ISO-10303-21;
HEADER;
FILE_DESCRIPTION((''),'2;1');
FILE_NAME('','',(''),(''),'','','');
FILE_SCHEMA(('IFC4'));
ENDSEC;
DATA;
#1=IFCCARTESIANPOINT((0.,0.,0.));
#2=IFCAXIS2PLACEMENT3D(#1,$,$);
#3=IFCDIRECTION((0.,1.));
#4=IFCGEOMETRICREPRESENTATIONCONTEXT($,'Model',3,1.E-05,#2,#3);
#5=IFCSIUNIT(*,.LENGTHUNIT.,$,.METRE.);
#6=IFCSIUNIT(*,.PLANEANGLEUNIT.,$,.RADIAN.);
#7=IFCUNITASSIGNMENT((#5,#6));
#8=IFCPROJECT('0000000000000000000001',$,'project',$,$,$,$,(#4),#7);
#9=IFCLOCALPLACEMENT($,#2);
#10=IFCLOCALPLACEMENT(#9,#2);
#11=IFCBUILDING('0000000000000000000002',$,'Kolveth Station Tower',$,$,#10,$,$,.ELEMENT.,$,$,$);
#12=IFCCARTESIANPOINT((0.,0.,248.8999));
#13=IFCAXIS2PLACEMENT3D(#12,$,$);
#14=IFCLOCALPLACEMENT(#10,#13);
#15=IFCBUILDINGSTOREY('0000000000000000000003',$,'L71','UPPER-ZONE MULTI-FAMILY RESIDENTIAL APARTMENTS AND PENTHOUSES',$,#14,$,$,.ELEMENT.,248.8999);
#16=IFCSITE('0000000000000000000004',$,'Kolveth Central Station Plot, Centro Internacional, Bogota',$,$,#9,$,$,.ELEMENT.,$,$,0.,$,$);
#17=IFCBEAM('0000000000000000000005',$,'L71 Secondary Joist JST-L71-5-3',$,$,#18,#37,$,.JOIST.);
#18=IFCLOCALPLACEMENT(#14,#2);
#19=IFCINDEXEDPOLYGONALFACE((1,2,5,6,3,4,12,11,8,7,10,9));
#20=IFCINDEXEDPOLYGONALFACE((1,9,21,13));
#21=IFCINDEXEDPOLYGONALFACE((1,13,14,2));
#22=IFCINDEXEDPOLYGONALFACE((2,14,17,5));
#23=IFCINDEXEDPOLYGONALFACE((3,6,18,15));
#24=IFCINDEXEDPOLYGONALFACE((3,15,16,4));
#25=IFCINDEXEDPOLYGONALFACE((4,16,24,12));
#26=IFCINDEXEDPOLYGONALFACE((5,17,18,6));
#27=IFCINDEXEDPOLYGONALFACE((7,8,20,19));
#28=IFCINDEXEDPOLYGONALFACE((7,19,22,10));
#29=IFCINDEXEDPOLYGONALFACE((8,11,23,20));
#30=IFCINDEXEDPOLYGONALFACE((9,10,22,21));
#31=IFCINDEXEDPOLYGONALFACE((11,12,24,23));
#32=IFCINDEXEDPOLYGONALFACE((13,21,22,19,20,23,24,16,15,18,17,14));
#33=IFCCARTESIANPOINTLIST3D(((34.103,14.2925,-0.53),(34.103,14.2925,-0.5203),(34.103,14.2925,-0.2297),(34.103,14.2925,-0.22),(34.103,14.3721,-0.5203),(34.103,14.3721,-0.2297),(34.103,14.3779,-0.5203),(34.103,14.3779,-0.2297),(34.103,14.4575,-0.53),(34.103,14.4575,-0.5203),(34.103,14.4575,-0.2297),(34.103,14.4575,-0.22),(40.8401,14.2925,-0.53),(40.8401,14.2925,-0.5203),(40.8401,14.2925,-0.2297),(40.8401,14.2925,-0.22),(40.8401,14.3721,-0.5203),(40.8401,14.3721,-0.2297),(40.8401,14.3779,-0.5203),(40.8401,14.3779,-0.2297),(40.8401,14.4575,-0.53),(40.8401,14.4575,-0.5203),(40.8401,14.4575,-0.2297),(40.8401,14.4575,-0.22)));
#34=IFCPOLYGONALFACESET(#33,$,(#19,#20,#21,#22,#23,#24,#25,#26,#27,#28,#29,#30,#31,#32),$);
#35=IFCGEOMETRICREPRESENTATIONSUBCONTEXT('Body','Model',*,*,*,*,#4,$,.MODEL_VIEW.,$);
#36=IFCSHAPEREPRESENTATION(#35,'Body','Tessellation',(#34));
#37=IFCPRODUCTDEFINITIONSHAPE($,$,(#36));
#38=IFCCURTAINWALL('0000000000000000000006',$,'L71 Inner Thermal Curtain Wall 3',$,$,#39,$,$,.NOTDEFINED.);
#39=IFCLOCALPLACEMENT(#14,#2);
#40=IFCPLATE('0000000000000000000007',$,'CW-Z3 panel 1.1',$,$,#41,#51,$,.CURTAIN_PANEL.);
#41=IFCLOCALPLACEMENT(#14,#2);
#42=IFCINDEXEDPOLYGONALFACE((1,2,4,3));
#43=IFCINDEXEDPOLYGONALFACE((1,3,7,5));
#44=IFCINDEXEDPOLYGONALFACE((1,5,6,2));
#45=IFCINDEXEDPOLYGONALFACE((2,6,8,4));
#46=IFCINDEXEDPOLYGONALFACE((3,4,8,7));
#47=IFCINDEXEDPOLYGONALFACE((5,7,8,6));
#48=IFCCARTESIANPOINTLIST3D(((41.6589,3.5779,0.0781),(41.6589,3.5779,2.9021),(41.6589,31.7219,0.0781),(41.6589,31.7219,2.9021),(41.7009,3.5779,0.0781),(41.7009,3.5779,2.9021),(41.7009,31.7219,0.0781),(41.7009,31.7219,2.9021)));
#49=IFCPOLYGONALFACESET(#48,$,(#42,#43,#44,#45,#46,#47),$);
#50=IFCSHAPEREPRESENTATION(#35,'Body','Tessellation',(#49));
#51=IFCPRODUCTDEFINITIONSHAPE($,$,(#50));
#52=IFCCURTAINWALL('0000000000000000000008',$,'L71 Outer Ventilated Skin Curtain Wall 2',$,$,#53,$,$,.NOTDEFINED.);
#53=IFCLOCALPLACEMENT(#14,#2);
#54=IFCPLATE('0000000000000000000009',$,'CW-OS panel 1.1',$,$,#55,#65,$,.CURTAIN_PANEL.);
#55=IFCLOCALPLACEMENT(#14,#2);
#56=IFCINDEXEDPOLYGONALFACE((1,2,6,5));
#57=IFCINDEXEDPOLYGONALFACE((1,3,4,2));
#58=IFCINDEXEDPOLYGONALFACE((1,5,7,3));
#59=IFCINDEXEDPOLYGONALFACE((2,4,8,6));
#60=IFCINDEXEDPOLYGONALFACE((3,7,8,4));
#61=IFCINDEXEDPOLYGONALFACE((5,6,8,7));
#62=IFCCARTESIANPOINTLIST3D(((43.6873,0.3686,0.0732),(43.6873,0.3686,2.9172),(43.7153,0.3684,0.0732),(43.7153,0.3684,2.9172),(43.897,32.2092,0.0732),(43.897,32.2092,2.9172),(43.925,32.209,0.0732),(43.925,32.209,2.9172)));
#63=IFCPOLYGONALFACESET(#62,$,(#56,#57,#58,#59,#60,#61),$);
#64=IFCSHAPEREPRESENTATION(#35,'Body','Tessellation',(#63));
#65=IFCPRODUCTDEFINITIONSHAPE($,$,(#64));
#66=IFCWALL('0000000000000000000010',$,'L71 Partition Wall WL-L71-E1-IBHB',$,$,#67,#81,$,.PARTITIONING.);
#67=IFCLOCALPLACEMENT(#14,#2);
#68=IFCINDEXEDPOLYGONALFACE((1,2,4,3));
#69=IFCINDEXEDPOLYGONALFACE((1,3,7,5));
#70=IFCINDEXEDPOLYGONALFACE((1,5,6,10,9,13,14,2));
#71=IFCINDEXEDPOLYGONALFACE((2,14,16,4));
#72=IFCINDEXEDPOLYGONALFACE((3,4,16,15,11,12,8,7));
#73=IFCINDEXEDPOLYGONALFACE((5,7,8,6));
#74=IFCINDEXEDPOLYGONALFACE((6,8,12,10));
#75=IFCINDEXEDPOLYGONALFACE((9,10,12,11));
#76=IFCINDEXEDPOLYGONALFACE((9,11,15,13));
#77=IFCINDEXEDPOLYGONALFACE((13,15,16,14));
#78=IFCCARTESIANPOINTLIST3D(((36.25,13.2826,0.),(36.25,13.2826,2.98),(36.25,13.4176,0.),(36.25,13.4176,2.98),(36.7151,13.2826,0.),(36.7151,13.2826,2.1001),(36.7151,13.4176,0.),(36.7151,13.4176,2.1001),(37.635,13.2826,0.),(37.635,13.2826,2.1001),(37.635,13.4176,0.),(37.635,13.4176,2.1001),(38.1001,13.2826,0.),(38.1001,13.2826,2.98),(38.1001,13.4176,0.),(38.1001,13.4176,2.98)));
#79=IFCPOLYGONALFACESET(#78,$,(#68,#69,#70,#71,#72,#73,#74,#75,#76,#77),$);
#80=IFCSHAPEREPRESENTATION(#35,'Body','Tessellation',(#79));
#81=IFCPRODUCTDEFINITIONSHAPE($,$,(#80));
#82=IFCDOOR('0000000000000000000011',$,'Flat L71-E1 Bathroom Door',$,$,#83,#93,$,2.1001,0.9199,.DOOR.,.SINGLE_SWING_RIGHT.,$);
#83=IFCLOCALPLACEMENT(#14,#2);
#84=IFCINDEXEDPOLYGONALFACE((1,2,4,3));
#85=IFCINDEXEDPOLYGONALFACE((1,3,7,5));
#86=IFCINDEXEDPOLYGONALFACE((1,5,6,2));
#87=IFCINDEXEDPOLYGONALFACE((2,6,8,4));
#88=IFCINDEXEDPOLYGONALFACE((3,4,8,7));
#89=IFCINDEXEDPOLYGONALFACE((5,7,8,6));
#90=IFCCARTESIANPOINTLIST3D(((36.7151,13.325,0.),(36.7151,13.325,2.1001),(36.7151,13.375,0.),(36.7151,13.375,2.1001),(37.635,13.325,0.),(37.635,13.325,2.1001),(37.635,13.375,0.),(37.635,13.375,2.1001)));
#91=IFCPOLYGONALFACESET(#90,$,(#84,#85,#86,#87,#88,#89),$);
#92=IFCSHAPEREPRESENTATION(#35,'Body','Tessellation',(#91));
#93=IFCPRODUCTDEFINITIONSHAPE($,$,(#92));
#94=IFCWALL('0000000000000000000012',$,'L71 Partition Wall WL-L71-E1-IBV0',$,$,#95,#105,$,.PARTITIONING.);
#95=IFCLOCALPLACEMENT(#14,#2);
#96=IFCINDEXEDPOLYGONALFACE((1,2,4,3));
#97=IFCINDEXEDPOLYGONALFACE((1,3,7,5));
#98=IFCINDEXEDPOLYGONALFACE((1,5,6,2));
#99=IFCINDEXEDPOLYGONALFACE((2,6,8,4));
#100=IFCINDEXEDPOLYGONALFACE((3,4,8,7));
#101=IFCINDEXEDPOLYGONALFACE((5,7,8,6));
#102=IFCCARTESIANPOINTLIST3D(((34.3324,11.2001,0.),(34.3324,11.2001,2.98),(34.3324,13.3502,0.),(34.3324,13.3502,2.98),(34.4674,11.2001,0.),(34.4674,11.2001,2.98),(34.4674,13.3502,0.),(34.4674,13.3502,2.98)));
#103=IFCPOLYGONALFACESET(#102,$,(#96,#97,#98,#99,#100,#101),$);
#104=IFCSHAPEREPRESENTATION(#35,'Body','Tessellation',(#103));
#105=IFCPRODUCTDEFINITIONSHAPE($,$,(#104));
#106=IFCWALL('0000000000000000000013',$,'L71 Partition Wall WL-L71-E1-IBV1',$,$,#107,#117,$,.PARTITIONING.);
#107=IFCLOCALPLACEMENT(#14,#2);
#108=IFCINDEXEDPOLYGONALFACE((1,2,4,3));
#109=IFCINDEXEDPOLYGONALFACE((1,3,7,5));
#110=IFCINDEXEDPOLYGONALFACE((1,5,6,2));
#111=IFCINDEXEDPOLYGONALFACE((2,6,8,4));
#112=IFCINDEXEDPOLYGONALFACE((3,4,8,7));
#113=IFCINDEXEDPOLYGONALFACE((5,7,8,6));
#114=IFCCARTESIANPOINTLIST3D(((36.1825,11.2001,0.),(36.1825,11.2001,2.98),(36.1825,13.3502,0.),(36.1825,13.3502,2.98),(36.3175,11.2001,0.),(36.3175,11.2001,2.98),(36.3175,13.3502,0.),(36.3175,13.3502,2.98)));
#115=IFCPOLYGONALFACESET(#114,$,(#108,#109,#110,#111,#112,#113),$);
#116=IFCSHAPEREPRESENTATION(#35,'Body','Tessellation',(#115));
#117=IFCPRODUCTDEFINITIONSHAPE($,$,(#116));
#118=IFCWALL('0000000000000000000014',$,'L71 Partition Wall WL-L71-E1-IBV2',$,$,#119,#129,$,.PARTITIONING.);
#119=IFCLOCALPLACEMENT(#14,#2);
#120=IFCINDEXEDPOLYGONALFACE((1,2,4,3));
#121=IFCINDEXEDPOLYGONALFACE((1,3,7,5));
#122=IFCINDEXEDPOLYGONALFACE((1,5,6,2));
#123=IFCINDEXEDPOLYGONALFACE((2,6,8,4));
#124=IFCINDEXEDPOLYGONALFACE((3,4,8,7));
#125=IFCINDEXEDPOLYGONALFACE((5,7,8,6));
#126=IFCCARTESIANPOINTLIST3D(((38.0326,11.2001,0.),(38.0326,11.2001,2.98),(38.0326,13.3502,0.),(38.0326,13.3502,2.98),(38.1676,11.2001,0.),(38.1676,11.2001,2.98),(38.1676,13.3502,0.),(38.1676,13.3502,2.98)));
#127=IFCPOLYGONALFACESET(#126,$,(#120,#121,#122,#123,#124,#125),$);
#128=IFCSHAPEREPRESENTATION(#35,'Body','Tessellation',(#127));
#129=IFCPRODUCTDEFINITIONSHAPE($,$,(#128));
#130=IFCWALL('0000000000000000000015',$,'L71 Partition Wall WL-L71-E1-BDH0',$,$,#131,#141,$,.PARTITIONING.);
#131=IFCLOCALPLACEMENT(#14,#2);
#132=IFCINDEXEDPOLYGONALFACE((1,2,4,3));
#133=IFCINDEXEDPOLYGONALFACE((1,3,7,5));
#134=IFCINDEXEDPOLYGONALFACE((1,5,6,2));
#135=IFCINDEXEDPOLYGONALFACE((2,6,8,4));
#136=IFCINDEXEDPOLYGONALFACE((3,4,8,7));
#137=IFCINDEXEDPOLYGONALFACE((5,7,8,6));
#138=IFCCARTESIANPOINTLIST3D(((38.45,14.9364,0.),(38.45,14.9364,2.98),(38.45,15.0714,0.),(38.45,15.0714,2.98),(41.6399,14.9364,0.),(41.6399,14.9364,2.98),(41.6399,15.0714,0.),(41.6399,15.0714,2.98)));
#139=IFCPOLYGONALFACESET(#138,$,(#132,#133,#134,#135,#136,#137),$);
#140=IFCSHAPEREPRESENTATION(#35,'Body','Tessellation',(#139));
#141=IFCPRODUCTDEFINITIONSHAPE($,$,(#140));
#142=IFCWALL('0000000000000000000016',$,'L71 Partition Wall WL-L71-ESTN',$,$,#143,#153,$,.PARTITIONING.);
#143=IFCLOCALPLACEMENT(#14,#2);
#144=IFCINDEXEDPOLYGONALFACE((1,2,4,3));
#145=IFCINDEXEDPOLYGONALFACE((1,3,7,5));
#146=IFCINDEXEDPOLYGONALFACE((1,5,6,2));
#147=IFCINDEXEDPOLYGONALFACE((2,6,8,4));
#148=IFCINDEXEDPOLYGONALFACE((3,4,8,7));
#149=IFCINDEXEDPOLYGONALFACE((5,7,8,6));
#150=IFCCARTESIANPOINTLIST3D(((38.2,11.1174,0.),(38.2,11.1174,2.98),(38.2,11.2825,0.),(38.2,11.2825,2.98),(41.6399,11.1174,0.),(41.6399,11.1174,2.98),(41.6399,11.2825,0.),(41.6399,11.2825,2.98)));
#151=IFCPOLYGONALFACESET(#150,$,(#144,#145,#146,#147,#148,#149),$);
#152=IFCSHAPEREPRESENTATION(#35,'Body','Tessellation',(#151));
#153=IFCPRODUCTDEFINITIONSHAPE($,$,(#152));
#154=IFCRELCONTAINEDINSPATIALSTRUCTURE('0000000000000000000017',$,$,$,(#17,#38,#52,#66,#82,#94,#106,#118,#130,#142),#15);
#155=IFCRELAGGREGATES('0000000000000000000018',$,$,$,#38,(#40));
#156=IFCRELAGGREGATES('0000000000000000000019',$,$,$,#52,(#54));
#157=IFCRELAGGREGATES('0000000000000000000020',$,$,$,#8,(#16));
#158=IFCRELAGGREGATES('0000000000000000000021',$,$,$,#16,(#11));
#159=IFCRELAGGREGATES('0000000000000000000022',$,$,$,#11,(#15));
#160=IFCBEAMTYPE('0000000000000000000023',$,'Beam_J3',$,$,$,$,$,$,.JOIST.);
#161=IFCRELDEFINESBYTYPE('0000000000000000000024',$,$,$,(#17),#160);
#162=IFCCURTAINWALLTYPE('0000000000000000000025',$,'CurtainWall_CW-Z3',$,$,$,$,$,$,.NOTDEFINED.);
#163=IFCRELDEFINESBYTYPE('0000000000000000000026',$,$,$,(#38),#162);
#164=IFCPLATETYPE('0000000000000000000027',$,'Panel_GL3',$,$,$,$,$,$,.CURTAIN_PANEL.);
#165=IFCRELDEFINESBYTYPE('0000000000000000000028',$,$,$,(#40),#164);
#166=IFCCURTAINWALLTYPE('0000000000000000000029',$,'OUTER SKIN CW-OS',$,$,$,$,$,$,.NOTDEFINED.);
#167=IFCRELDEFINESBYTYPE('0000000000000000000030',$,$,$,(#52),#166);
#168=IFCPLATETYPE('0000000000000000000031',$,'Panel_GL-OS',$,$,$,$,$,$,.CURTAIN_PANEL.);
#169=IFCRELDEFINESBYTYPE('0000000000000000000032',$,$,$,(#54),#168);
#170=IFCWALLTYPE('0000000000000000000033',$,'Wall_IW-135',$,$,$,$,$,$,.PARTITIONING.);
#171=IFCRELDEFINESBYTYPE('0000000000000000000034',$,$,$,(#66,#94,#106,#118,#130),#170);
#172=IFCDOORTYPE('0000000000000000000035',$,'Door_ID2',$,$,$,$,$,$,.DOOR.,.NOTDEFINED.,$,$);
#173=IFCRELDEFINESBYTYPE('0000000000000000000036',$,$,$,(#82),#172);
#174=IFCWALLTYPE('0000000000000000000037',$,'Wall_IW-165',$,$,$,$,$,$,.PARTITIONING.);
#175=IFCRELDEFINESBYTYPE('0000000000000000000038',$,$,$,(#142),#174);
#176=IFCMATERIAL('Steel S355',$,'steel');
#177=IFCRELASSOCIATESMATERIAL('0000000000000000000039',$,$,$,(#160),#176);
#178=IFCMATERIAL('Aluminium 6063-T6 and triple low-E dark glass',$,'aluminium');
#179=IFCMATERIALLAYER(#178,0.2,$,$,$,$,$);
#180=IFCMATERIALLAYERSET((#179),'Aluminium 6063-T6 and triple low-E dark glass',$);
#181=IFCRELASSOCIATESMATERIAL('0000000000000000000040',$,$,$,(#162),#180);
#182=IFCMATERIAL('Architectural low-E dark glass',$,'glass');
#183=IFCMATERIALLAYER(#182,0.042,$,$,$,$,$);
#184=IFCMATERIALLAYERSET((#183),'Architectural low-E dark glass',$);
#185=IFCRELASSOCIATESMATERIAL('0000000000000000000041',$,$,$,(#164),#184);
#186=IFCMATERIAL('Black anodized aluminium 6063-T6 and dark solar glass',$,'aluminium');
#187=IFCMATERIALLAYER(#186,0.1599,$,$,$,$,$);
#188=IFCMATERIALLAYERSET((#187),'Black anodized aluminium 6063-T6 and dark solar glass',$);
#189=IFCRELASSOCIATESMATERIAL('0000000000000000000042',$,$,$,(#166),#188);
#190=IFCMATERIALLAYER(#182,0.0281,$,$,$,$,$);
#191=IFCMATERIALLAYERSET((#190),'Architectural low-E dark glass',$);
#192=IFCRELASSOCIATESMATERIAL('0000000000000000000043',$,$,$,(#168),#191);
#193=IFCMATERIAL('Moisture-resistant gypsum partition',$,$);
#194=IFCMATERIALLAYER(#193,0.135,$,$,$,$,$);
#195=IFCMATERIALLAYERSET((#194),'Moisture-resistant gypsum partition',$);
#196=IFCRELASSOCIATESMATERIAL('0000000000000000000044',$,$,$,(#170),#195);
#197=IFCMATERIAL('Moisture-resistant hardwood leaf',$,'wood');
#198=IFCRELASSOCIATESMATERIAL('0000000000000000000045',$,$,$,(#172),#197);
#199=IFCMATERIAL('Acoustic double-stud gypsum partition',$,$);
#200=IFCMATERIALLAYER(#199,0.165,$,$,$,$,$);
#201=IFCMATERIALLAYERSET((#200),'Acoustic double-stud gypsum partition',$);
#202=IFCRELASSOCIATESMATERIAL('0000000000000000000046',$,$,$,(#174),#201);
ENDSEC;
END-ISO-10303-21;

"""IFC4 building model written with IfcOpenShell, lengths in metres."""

from ifc_helpers import new_model, si_unit, direction, frame, frame_2d, origin, origin_2d, place, context, subcontext, project, spatial, rectangle, i_section, extrude, source, transform, mapped, material, layer, layer_set, material_profile, profile_set, type_object, element, fill, aggregate, save


model = new_model("IFC4")

# Units and contexts
model_context = context("Model", 3, precision=1e-05, world=origin(), true_north=direction((0.0, 1.0)))
body_context = subcontext(model_context, "Body", "Model", "MODEL_VIEW")
ifc_project = project(units=[si_unit("LENGTHUNIT", "METRE"), si_unit("PLANEANGLEUNIT", "RADIAN")], contexts=[model_context])

# Site, building, storey
site_placement = place(None, origin())
site = spatial("IfcSite", under=ifc_project, at=site_placement, Name="Kolveth Central Station Plot, Centro Internacional, Bogota", CompositionType="ELEMENT", RefElevation=0.0)
building_placement = place(site_placement, origin())
building = spatial("IfcBuilding", under=site, at=building_placement, Name="Kolveth Station Tower", CompositionType="ELEMENT")
storey_placement = place(building_placement, frame((0.0, 0.0, 248.8999)))
storey = spatial("IfcBuildingStorey", under=building, at=storey_placement, Name="L71", Description="UPPER-ZONE MULTI-FAMILY RESIDENTIAL APARTMENTS AND PENTHOUSES", CompositionType="ELEMENT", Elevation=248.8999)

# Shared definitions
ifc_material_1 = material(Name="Steel S355", Category="steel")

# Beam
ifc_material_profile_1 = material_profile(ifc_material_1, i_section(OverallWidth=0.165, OverallDepth=0.3101, WebThickness=0.0059, FlangeThickness=0.0098, at=origin_2d()), Name="W310x39")
ifc_profile_set_1 = profile_set([ifc_material_profile_1], Name="Steel S355")
beam_type_1 = type_object("IfcBeamType", Name="Beam_J3", PredefinedType="JOIST", material=ifc_profile_set_1)
shared_shape_1 = source(origin(), body_context, "Body", "SweptSolid", [
    extrude(i_section(OverallWidth=0.165, OverallDepth=0.3101, WebThickness=0.0059, FlangeThickness=0.0098, at=origin_2d()), origin(), (0.0, 0.0, 1.0), 6.7371),
])
beam_1_placement = place(storey_placement, frame((34.103, 14.375, -0.375), z_axis=(1.0, 0.0, 0.0), x_axis=(0.0, 1.0, 0.0)))
element("IfcBeam", 1, at=beam_1_placement, inside=storey, type_object=beam_type_1, Name="L71 Secondary Joist JST-L71-5-3", PredefinedType="JOIST", context=body_context, shape_type="MappedRepresentation", body=[
    mapped(shared_shape_1, transform((0.0, 0.0, 0.0), x_axis=(1.0, 0.0, 0.0), y_axis=(0.0, 1.0, 0.0), z_axis=(0.0, 0.0, 1.0), scale=1.0)),
])

# Curtain walls, plates
ifc_material_2 = material(Name="Aluminium 6063-T6 and triple low-E dark glass", Category="aluminium")
ifc_layer_1 = layer(ifc_material_2, 0.2)
ifc_layer_set_1 = layer_set([ifc_layer_1], Name="Aluminium 6063-T6 and triple low-E dark glass")
curtain_wall_type_1 = type_object("IfcCurtainWallType", Name="CurtainWall_CW-Z3", PredefinedType="NOTDEFINED", material=ifc_layer_set_1)
curtain_wall_1_placement = place(storey_placement, origin())
curtain_wall_1 = element("IfcCurtainWall", 2, at=curtain_wall_1_placement, inside=storey, type_object=curtain_wall_type_1, Name="L71 Inner Thermal Curtain Wall 3", PredefinedType="NOTDEFINED")
ifc_material_3 = material(Name="Architectural low-E dark glass", Category="glass")
ifc_layer_2 = layer(ifc_material_3, 0.042)
ifc_layer_set_2 = layer_set([ifc_layer_2], Name="Architectural low-E dark glass")
plate_type_1 = type_object("IfcPlateType", Name="Panel_GL3", PredefinedType="CURTAIN_PANEL", material=ifc_layer_set_2)
shared_shape_2 = source(origin(), body_context, "Body", "SweptSolid", [
    extrude(rectangle(XDim=28.144, YDim=0.042, at=origin_2d()), origin(), (0.0, 0.0, 1.0), 2.824),
])
plate_1_placement = place(storey_placement, frame((41.6799, 17.6499, 0.0781), z_axis=(0.0, 0.0, 1.0), x_axis=(0.0, 1.0, 0.0)))
plate_1 = element("IfcPlate", 3, at=plate_1_placement, type_object=plate_type_1, Name="CW-Z3 panel 1.1", PredefinedType="CURTAIN_PANEL", context=body_context, shape_type="MappedRepresentation", body=[
    mapped(shared_shape_2, transform((0.0, 0.0, 0.0), x_axis=(1.0, 0.0, 0.0), y_axis=(0.0, 1.0, 0.0), z_axis=(0.0, 0.0, 1.0), scale=1.0)),
])
aggregate(curtain_wall_1, [plate_1])
ifc_material_4 = material(Name="Black anodized aluminium 6063-T6 and dark solar glass", Category="aluminium")
ifc_layer_3 = layer(ifc_material_4, 0.1599)
ifc_layer_set_3 = layer_set([ifc_layer_3], Name="Black anodized aluminium 6063-T6 and dark solar glass")
curtain_wall_type_2 = type_object("IfcCurtainWallType", Name="OUTER SKIN CW-OS", PredefinedType="NOTDEFINED", material=ifc_layer_set_3)
curtain_wall_2_placement = place(storey_placement, origin())
curtain_wall_2 = element("IfcCurtainWall", 4, at=curtain_wall_2_placement, inside=storey, type_object=curtain_wall_type_2, Name="L71 Outer Ventilated Skin Curtain Wall 2", PredefinedType="NOTDEFINED")
ifc_layer_4 = layer(ifc_material_3, 0.0281)
ifc_layer_set_4 = layer_set([ifc_layer_4], Name="Architectural low-E dark glass")
plate_type_2 = type_object("IfcPlateType", Name="Panel_GL-OS", PredefinedType="CURTAIN_PANEL", material=ifc_layer_set_4)
shared_shape_3 = source(origin(), body_context, "Body", "SweptSolid", [
    extrude(rectangle(XDim=31.8413, YDim=0.0281, at=origin_2d()), origin(), (0.0, 0.0, 1.0), 2.844),
])
plate_2_placement = place(storey_placement, frame((43.8062, 16.2888, 0.0732), z_axis=(0.0, 0.0, 1.0), x_axis=(0.006586, 0.999978, 0.0)))
plate_2 = element("IfcPlate", 5, at=plate_2_placement, type_object=plate_type_2, Name="CW-OS panel 1.1", PredefinedType="CURTAIN_PANEL", context=body_context, shape_type="MappedRepresentation", body=[
    mapped(shared_shape_3, transform((0.0, 0.0, 0.0), x_axis=(1.0, 0.0, 0.0), y_axis=(0.0, 1.0, 0.0), z_axis=(0.0, 0.0, 1.0), scale=1.0)),
])
aggregate(curtain_wall_2, [plate_2])

# Wall, opening, door
ifc_material_5 = material(Name="Moisture-resistant gypsum partition")
ifc_layer_5 = layer(ifc_material_5, 0.135)
ifc_layer_set_5 = layer_set([ifc_layer_5], Name="Moisture-resistant gypsum partition")
wall_type_1 = type_object("IfcWallType", Name="Wall_IW-135", PredefinedType="PARTITIONING", material=ifc_layer_set_5)
wall_1_placement = place(storey_placement, frame((36.25, 13.3501, 0.0), z_axis=(0.0, 0.0, 1.0), x_axis=(1.0, 0.0, 0.0)))
wall_1 = element("IfcWall", 6, at=wall_1_placement, inside=storey, type_object=wall_type_1, Name="L71 Partition Wall WL-L71-E1-IBHB", PredefinedType="PARTITIONING", context=body_context, shape_type="SweptSolid", body=[
    extrude(rectangle(XDim=1.8501, YDim=0.135, at=frame_2d((0.925, 0.0))), origin(), (0.0, 0.0, 1.0), 2.98),
])
opening_1_placement = place(wall_1_placement, frame((0.4651, 0.0, 0.0)))
opening_1 = element("IfcOpeningElement", 7, at=opening_1_placement, cuts=wall_1, PredefinedType="OPENING", context=body_context, shape_type="SweptSolid", body=[
    extrude(rectangle(XDim=0.9199, YDim=2.1001, at=frame_2d((0.46, 1.05))), frame((0.0, 0.0774, 0.0), z_axis=(0.0, -1.0, 0.0), x_axis=(1.0, 0.0, 0.0)), (0.0, 0.0, 1.0), 0.155),
])
ifc_material_6 = material(Name="Moisture-resistant hardwood leaf", Category="wood")
door_type_1 = type_object("IfcDoorType", Name="Door_ID2", OperationType="NOTDEFINED", PredefinedType="DOOR", material=ifc_material_6)
door_1_placement = place(opening_1_placement, origin())
door_1 = element("IfcDoor", 8, at=door_1_placement, inside=storey, type_object=door_type_1, Name="Flat L71-E1 Bathroom Door", OperationType="SINGLE_SWING_RIGHT", OverallHeight=2.1001, OverallWidth=0.9199, PredefinedType="DOOR", context=body_context, shape_type="SweptSolid", body=[
    extrude(rectangle(XDim=0.9199, YDim=2.1001, at=frame_2d((0.46, 1.05))), frame((0.0, 0.0249, 0.0), z_axis=(0.0, -1.0, 0.0), x_axis=(1.0, 0.0, 0.0)), (0.0, 0.0, 1.0), 0.05),
])
fill(opening_1, door_1)

# Walls
for number, where, z_axis, x_axis, name in (
    (9, (34.3999, 11.2, 0.0), (0.0, 0.0, 1.0), (0.0, 1.0, 0.0), "L71 Partition Wall WL-L71-E1-IBV0"),
    (10, (36.25, 11.2, 0.0), (0.0, 0.0, 1.0), (0.0, 1.0, 0.0), "L71 Partition Wall WL-L71-E1-IBV1"),
    (11, (38.1001, 11.2, 0.0), (0.0, 0.0, 1.0), (0.0, 1.0, 0.0), "L71 Partition Wall WL-L71-E1-IBV2"),
):
    element("IfcWall", number, at=place(storey_placement, frame(where, z_axis=z_axis, x_axis=x_axis)), inside=storey, type_object=wall_type_1, Name=name, PredefinedType="PARTITIONING", context=body_context, shape_type="SweptSolid", body=[
        extrude(rectangle(XDim=2.1501, YDim=0.135, at=frame_2d((1.0752, 0.0))), origin(), (0.0, 0.0, 1.0), 2.98),
    ])
wall_2_placement = place(storey_placement, frame((38.45, 15.0039, 0.0), z_axis=(0.0, 0.0, 1.0), x_axis=(1.0, 0.0, 0.0)))
element("IfcWall", 12, at=wall_2_placement, inside=storey, type_object=wall_type_1, Name="L71 Partition Wall WL-L71-E1-BDH0", PredefinedType="PARTITIONING", context=body_context, shape_type="SweptSolid", body=[
    extrude(rectangle(XDim=3.1899, YDim=0.135, at=frame_2d((1.595, 0.0))), origin(), (0.0, 0.0, 1.0), 2.98),
])

# Shared definitions
ifc_material_7 = material(Name="Acoustic double-stud gypsum partition")
ifc_layer_6 = layer(ifc_material_7, 0.165)
ifc_layer_set_6 = layer_set([ifc_layer_6], Name="Acoustic double-stud gypsum partition")
wall_type_2 = type_object("IfcWallType", Name="Wall_IW-165", PredefinedType="PARTITIONING", material=ifc_layer_set_6)

# Wall
wall_3_placement = place(storey_placement, frame((38.2, 11.2, 0.0), z_axis=(0.0, 0.0, 1.0), x_axis=(1.0, 0.0, 0.0)))
element("IfcWall", 13, at=wall_3_placement, inside=storey, type_object=wall_type_2, Name="L71 Partition Wall WL-L71-ESTN", PredefinedType="PARTITIONING", context=body_context, shape_type="SweptSolid", body=[
    extrude(rectangle(XDim=3.4399, YDim=0.165, at=frame_2d((1.72, 0.0))), origin(), (0.0, 0.0, 1.0), 2.98),
])

save(model, "model.ifc")
